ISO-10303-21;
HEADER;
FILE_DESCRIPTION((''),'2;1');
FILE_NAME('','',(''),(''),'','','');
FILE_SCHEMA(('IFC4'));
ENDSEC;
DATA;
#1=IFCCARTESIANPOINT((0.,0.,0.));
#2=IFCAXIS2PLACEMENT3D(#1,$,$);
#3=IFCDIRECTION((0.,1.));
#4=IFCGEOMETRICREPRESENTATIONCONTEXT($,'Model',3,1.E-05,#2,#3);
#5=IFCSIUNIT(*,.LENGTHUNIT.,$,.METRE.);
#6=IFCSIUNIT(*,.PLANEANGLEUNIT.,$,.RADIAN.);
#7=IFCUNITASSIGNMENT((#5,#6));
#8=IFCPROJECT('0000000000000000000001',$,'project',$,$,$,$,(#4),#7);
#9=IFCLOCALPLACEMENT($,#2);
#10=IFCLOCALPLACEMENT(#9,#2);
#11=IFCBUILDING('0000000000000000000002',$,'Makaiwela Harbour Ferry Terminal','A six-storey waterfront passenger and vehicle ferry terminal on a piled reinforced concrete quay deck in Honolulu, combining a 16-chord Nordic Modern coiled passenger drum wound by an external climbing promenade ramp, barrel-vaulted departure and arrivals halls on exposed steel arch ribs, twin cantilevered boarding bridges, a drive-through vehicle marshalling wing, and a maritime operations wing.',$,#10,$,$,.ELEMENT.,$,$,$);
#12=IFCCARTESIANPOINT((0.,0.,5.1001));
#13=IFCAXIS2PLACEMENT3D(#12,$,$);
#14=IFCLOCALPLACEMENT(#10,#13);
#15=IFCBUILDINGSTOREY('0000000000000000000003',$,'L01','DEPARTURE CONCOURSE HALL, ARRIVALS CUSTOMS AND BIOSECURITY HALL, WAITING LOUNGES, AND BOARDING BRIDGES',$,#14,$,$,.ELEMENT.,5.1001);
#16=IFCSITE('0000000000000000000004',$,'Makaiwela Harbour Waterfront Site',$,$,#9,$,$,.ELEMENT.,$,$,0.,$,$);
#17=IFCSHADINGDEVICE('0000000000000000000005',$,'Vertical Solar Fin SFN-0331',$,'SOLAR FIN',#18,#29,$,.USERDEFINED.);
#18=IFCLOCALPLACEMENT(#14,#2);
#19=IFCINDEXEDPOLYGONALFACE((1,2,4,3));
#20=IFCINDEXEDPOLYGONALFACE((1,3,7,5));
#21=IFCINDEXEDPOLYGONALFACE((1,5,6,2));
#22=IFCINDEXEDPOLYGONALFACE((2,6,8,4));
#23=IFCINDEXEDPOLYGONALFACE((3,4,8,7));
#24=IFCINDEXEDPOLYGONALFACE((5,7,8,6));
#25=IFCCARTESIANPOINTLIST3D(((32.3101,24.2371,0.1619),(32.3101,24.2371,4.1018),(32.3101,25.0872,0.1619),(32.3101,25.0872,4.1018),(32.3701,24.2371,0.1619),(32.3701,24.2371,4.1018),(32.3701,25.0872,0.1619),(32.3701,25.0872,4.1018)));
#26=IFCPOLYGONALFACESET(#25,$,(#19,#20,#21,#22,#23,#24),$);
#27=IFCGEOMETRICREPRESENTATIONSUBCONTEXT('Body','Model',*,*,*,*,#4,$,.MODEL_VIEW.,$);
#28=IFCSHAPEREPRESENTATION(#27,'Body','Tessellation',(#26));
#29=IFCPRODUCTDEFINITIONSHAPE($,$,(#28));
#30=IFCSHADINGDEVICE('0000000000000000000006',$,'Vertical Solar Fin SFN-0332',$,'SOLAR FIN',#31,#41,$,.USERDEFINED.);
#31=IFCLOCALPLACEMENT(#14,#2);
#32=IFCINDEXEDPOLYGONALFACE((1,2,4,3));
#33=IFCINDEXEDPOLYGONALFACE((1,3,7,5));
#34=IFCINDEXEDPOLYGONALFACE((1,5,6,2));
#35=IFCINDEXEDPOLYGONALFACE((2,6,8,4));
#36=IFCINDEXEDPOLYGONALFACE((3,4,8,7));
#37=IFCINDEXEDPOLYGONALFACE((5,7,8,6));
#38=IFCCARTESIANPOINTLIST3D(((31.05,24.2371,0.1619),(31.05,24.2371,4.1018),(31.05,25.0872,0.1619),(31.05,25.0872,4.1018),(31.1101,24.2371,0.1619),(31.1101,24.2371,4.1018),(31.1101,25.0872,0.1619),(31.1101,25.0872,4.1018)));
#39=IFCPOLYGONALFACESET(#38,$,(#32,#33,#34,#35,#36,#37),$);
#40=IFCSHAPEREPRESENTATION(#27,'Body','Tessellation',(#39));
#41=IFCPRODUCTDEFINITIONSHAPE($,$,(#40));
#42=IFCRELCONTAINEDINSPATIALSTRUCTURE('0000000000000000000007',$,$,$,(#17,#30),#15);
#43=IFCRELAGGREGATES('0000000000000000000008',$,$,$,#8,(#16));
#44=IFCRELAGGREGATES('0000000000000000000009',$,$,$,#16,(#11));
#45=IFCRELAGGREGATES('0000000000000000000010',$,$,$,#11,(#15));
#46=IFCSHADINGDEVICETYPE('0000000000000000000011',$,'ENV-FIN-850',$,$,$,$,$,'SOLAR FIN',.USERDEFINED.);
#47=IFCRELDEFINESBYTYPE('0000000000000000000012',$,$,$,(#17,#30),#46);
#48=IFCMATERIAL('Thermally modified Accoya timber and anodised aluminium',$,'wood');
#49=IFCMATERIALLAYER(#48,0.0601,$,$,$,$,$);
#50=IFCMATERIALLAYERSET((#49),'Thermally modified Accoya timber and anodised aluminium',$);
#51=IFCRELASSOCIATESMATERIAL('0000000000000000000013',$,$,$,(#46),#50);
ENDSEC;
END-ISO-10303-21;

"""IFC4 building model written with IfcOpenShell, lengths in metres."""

from ifc_helpers import new_model, si_unit, direction, frame, origin, origin_2d, place, context, subcontext, project, spatial, rectangle, extrude, material, layer, layer_set, type_object, element, save


model = new_model("IFC4")

# Units and contexts
model_context = context("Model", 3, precision=1e-05, world=origin(), true_north=direction((0.0, 1.0)))
body_context = subcontext(model_context, "Body", "Model", "MODEL_VIEW")
ifc_project = project(units=[si_unit("LENGTHUNIT", "METRE"), si_unit("PLANEANGLEUNIT", "RADIAN")], contexts=[model_context])

# Site, building, storey
site_placement = place(None, origin())
site = spatial("IfcSite", under=ifc_project, at=site_placement, Name="Makaiwela Harbour Waterfront Site", CompositionType="ELEMENT", RefElevation=0.0)
building_placement = place(site_placement, origin())
building = spatial("IfcBuilding", under=site, at=building_placement, Name="Makaiwela Harbour Ferry Terminal", Description="A six-storey waterfront passenger and vehicle ferry terminal on a piled reinforced concrete quay deck in Honolulu, combining a 16-chord Nordic Modern coiled passenger drum wound by an external climbing promenade ramp, barrel-vaulted departure and arrivals halls on exposed steel arch ribs, twin cantilevered boarding bridges, a drive-through vehicle marshalling wing, and a maritime operations wing.", CompositionType="ELEMENT")
storey_placement = place(building_placement, frame((0.0, 0.0, 5.1001)))
storey = spatial("IfcBuildingStorey", under=building, at=storey_placement, Name="L01", Description="DEPARTURE CONCOURSE HALL, ARRIVALS CUSTOMS AND BIOSECURITY HALL, WAITING LOUNGES, AND BOARDING BRIDGES", CompositionType="ELEMENT", Elevation=5.1001)

# Shading devices
ifc_material_1 = material(Name="Thermally modified Accoya timber and anodised aluminium", Category="wood")
ifc_layer_1 = layer(ifc_material_1, 0.0601)
ifc_layer_set_1 = layer_set([ifc_layer_1], Name="Thermally modified Accoya timber and anodised aluminium")
shading_device_type = type_object("IfcShadingDeviceType", Name="ENV-FIN-850", ElementType="SOLAR FIN", PredefinedType="USERDEFINED", material=ifc_layer_set_1)
for number, where, z_axis, x_axis, name in (
    (1, (32.3401, 24.6621, 0.1619), (0.0, 0.0, 1.0), (0.0, -1.0, 0.0), "Vertical Solar Fin SFN-0331"),
    (2, (31.0801, 24.6621, 0.1619), (0.0, 0.0, 1.0), (0.0, -1.0, 0.0), "Vertical Solar Fin SFN-0332"),
):
    element("IfcShadingDevice", number, at=place(storey_placement, frame(where, z_axis=z_axis, x_axis=x_axis)), inside=storey, type_object=shading_device_type, Name=name, ObjectType="SOLAR FIN", PredefinedType="USERDEFINED", context=body_context, shape_type="SweptSolid", body=[
        extrude(rectangle(XDim=0.8501, YDim=0.0601, at=origin_2d()), origin(), (0.0, 0.0, 1.0), 3.9399),
    ])

save(model, "model.ifc")
